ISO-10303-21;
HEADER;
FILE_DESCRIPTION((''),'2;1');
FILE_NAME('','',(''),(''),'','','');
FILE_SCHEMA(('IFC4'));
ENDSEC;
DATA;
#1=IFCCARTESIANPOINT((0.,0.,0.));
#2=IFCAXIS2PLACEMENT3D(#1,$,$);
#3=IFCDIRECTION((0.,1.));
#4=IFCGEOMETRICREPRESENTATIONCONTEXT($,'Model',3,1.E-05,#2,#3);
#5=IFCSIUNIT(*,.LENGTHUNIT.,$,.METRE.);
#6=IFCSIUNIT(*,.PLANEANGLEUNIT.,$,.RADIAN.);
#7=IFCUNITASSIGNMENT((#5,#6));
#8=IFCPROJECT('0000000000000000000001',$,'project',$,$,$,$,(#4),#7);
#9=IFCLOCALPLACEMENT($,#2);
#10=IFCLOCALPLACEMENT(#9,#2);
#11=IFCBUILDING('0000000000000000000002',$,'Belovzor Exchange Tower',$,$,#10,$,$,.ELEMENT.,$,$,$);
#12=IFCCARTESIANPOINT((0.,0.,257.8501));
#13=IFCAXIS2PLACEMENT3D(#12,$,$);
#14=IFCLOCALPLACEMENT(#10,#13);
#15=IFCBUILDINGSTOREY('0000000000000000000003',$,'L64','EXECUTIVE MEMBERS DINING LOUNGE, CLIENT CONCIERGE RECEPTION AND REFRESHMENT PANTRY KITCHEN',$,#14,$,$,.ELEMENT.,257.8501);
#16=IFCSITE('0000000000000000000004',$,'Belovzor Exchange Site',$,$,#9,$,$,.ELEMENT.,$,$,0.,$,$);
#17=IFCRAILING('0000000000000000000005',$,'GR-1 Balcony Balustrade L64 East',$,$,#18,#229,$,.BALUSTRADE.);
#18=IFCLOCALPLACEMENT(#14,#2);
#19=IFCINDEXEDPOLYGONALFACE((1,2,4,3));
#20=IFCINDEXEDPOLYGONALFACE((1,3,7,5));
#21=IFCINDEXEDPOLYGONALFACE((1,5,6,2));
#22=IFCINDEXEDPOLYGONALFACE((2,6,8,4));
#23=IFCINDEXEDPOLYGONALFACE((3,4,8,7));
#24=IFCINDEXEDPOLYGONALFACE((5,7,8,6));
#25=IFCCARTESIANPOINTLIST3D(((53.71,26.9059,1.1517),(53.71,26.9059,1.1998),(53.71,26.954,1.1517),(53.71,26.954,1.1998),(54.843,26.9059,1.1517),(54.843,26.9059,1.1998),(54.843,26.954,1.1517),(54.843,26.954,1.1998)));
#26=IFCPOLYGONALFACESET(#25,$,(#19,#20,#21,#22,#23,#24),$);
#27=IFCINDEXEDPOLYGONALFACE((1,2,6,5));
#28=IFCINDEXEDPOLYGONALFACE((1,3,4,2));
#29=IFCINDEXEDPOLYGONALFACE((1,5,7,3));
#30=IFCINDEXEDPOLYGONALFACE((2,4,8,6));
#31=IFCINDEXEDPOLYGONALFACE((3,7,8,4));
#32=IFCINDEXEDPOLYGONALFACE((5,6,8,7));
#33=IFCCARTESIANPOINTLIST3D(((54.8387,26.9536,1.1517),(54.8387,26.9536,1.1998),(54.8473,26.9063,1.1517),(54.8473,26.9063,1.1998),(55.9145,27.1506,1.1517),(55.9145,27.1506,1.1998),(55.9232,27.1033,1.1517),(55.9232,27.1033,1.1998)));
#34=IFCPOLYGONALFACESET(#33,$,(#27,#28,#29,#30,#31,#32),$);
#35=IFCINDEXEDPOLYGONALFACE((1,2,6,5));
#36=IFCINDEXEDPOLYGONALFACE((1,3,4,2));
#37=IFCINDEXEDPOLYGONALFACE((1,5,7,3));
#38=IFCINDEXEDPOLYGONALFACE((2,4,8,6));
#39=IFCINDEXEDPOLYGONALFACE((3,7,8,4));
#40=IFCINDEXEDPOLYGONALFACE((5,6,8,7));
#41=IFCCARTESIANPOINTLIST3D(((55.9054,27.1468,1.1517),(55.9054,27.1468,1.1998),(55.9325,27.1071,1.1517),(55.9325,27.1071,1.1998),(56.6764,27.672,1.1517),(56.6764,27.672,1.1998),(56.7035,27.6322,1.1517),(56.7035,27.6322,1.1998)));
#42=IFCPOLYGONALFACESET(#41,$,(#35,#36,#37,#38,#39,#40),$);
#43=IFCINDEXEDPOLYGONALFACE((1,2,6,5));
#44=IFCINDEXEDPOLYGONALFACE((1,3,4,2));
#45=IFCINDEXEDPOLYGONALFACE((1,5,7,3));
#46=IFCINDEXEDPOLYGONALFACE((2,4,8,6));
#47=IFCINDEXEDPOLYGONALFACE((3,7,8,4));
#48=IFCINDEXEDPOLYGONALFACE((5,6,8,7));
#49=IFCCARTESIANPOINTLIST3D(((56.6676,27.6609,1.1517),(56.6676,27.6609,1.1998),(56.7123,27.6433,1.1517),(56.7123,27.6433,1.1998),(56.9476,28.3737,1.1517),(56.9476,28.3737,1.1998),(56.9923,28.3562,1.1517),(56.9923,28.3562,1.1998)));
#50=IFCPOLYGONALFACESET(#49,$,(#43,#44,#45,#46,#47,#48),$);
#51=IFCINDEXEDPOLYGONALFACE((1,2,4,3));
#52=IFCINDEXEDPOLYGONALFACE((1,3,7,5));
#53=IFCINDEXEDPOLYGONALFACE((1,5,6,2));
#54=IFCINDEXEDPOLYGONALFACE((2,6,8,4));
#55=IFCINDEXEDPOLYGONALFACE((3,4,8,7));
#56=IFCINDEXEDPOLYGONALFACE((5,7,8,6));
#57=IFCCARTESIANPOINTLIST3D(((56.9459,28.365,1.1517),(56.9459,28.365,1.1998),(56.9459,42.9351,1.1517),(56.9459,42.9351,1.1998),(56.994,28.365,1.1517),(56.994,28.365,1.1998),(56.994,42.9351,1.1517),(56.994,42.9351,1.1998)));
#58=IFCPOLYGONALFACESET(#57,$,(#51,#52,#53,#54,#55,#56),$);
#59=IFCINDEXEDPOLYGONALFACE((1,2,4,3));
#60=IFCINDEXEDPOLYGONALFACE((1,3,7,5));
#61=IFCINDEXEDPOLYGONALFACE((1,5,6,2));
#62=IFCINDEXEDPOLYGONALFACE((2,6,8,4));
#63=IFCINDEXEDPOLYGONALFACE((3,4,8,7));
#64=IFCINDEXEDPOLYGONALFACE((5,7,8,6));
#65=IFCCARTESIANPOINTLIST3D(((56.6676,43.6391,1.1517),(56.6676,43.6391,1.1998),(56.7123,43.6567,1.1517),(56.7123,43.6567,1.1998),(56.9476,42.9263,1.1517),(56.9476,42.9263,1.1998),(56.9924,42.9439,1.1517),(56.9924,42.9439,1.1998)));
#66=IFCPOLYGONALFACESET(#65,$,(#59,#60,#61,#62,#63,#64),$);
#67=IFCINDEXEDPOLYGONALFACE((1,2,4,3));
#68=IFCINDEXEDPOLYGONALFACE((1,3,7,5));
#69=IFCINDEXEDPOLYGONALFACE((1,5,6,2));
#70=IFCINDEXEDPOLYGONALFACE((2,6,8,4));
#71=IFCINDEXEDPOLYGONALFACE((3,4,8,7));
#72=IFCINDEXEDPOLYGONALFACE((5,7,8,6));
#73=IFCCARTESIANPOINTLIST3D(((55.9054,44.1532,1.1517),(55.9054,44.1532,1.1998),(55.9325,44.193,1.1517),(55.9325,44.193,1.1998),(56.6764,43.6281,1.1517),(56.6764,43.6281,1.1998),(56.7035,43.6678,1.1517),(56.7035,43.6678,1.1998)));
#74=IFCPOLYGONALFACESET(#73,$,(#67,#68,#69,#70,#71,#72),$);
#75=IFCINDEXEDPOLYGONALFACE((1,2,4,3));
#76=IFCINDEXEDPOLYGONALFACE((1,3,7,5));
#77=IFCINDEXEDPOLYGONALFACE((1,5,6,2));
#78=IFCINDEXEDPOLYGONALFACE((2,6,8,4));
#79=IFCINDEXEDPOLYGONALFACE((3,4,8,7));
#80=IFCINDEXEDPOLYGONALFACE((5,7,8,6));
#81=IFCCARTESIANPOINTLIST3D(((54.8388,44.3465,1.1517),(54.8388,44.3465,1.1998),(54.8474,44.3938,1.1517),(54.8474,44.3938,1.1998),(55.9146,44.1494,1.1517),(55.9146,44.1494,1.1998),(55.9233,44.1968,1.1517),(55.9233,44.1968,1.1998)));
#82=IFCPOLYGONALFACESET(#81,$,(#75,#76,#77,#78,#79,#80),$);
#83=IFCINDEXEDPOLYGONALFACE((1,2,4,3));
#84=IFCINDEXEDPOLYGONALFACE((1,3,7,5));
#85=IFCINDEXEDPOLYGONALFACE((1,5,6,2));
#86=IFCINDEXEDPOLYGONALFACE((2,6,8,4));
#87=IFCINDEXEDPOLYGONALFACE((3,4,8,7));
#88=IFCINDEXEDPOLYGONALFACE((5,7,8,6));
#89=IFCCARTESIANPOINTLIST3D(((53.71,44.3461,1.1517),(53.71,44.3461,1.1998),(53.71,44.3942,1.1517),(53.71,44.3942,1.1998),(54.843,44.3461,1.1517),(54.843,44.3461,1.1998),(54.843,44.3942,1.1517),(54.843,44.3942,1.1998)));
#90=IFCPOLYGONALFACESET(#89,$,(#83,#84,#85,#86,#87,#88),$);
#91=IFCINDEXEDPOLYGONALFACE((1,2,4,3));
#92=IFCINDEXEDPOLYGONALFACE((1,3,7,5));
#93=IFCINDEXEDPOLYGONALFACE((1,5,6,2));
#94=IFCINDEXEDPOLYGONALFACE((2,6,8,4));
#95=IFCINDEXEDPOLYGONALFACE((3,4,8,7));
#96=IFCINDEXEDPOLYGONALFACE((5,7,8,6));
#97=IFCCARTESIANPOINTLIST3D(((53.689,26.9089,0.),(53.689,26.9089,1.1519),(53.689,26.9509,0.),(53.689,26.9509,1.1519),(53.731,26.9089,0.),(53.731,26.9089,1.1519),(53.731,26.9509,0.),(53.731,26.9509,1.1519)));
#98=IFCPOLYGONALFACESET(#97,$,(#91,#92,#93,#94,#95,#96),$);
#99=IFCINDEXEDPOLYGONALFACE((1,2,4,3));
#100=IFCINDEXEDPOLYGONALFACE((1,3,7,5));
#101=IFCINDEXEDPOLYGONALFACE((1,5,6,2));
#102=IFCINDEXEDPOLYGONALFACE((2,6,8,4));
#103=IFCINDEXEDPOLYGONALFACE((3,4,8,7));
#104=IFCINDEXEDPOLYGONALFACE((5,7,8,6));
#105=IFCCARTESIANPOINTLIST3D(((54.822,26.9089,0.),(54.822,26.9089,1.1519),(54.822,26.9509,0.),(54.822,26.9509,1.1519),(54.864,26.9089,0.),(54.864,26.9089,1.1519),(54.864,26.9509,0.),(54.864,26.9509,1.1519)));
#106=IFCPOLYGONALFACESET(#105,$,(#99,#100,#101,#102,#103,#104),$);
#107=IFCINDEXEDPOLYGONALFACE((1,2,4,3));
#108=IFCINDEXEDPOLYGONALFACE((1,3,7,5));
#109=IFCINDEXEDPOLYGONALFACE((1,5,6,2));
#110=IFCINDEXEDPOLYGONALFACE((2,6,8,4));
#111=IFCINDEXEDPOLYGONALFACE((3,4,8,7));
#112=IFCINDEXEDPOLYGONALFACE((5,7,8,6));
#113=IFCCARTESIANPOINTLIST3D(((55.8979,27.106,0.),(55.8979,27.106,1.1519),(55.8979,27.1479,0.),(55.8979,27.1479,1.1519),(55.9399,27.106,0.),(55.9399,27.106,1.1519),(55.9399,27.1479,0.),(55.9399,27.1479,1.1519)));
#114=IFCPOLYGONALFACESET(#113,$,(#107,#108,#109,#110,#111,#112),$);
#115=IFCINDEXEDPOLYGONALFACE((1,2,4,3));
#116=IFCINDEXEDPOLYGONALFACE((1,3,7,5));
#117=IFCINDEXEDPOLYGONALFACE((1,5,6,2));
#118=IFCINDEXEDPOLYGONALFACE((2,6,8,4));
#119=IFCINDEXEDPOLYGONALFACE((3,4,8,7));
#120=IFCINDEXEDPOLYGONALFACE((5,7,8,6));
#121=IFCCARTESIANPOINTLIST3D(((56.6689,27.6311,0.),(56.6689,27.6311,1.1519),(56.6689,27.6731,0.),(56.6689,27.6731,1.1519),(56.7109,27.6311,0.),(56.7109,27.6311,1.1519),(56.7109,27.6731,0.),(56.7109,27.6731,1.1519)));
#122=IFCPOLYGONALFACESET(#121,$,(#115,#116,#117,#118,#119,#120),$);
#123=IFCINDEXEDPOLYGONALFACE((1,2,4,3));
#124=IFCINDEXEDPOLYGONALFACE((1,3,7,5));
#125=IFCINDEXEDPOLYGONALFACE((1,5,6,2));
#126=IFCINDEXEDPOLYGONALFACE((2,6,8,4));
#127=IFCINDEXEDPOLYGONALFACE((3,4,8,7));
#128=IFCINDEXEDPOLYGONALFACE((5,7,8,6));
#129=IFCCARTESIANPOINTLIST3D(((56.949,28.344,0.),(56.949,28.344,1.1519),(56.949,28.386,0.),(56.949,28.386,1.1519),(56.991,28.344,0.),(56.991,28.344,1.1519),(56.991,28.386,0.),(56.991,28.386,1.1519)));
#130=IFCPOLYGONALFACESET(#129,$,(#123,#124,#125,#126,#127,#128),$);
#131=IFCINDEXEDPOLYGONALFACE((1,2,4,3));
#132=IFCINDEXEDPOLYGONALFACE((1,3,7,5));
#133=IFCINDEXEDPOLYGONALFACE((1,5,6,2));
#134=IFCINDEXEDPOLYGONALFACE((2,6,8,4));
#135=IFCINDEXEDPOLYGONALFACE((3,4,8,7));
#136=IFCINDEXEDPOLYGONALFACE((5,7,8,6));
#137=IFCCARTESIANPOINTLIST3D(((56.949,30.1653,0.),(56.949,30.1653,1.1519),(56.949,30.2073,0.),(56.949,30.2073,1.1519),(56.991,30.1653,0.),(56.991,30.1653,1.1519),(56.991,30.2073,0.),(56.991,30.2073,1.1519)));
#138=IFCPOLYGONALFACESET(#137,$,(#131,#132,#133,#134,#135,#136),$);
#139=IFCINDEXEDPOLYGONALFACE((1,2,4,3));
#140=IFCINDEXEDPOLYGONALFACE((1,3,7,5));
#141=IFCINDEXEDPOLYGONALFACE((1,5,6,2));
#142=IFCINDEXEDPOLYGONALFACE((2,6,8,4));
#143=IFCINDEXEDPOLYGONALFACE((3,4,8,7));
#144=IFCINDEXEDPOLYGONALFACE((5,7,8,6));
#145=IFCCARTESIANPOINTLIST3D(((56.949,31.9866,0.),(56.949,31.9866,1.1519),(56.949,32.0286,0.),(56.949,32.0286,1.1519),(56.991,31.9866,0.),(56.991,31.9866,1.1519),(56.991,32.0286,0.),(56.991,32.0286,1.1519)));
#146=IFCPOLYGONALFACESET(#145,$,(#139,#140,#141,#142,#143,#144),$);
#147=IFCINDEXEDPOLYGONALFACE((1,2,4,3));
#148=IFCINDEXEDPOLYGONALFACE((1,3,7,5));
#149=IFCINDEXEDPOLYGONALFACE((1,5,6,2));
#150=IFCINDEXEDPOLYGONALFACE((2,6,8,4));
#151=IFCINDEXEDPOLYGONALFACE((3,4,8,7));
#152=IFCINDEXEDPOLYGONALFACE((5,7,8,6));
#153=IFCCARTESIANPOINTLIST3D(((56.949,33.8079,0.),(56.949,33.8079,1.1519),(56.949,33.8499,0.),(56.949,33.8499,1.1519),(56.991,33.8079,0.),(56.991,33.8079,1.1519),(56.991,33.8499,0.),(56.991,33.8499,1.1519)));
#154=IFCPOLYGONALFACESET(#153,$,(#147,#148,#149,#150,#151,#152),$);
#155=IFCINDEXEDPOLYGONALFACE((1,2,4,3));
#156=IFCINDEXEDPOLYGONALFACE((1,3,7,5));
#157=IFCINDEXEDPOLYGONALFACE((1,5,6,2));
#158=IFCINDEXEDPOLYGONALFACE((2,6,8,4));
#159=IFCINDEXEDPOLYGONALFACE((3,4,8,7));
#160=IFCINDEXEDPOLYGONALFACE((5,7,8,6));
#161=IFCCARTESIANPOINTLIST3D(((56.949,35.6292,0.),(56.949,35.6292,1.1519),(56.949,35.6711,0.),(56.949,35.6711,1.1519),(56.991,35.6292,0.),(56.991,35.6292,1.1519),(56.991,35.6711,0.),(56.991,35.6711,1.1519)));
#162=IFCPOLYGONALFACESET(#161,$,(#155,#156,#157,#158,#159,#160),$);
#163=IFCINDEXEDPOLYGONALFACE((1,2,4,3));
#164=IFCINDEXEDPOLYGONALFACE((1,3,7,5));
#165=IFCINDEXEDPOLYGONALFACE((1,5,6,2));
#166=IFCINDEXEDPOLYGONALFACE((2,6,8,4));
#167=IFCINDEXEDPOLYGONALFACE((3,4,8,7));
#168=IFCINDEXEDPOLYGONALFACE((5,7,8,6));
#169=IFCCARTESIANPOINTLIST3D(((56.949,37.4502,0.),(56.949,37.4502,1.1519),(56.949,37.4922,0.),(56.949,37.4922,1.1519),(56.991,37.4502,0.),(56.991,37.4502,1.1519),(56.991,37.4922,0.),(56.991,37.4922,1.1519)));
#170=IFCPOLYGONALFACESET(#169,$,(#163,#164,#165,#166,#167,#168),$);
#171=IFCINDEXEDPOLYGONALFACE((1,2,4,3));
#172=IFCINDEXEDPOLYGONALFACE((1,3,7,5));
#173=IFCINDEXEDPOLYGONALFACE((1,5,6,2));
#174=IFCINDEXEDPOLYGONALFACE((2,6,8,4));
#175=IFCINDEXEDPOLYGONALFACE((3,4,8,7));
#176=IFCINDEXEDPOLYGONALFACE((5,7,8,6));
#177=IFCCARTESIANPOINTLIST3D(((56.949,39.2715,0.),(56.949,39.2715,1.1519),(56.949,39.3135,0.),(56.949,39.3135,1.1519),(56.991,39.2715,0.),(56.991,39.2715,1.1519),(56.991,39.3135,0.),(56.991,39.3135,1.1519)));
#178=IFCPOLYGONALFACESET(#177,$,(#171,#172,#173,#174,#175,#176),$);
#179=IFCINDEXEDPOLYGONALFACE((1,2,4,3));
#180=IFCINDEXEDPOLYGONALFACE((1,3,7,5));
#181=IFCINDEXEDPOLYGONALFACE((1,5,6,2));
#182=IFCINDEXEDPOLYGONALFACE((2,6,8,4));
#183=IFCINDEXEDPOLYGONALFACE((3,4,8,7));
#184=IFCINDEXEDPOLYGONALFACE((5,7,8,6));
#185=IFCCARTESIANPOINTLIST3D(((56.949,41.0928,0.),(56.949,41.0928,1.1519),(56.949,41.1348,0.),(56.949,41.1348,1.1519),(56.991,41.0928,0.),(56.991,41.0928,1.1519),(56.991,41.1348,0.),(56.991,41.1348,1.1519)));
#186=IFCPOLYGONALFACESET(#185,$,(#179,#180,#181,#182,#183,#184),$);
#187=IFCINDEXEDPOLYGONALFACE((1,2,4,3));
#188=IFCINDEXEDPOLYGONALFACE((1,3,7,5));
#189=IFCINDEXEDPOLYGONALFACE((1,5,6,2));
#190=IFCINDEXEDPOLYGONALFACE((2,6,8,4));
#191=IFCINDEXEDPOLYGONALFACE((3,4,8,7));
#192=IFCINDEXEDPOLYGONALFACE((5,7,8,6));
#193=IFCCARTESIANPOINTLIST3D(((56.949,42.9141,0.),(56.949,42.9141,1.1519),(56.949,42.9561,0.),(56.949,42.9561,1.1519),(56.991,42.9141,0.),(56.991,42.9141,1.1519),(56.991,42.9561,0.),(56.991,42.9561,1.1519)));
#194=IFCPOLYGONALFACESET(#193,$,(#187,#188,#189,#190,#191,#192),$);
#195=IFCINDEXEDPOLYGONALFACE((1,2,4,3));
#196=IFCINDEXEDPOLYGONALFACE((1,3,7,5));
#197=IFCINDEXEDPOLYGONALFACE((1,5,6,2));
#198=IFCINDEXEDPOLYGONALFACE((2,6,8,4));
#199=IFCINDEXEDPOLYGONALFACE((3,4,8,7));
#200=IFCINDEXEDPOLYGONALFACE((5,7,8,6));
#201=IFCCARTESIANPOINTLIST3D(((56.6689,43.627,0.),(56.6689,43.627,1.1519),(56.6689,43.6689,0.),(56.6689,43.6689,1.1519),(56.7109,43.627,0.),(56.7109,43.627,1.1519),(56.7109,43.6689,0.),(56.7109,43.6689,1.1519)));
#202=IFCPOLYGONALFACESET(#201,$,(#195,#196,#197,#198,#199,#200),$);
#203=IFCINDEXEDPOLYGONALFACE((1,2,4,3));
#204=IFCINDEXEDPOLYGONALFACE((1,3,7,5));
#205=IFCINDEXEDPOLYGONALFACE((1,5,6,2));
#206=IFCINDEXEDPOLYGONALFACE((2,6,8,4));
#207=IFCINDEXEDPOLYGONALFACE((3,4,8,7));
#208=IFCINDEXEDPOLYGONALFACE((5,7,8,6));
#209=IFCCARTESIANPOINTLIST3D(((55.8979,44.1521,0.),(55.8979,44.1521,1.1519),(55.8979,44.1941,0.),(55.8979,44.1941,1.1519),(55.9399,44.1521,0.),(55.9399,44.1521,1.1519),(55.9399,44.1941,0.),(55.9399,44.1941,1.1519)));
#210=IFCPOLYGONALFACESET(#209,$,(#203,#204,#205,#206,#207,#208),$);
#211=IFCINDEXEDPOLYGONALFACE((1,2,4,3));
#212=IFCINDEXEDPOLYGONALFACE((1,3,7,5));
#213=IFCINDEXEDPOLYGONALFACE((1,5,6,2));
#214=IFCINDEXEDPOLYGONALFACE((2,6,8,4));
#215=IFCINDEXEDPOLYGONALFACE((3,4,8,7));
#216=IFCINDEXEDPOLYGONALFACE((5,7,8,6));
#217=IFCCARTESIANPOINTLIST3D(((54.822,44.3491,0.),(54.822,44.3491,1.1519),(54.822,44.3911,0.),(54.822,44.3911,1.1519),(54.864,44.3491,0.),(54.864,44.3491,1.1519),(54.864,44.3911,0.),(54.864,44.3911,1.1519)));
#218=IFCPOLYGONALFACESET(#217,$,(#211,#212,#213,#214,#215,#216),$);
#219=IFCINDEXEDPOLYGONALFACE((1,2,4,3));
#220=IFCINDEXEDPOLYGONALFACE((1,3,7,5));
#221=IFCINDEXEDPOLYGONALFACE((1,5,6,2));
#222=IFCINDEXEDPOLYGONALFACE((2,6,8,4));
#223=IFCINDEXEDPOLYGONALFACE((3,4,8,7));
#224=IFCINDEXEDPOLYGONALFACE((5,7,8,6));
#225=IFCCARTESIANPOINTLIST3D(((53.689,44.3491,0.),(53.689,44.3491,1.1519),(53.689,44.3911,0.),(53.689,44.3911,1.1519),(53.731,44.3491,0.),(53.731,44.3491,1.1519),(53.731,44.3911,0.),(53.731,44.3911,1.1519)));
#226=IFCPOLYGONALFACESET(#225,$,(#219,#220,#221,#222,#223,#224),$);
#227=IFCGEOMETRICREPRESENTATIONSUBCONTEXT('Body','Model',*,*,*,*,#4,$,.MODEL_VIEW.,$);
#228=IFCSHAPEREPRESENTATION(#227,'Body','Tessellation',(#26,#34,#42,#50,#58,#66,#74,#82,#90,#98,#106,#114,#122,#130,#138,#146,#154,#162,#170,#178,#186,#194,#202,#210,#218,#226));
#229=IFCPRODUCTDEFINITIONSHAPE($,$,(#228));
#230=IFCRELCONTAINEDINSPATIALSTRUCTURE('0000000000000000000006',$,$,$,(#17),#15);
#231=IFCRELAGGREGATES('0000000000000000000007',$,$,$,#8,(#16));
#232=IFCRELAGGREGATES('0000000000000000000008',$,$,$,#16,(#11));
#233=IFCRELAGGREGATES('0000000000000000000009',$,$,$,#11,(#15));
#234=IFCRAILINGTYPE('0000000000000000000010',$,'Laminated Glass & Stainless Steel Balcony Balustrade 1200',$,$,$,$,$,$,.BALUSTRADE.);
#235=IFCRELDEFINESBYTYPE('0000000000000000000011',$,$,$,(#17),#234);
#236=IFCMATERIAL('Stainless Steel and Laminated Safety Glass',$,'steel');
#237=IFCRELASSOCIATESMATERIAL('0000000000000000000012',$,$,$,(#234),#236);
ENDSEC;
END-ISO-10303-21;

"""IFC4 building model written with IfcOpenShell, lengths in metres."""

from ifc_helpers import new_model, si_unit, direction, frame, origin, origin_2d, place, context, subcontext, project, spatial, rectangle, extrude, material, type_object, element, save


model = new_model("IFC4")

# Units and contexts
model_context = context("Model", 3, precision=1e-05, world=origin(), true_north=direction((0.0, 1.0)))
body_context = subcontext(model_context, "Body", "Model", "MODEL_VIEW")
ifc_project = project(units=[si_unit("LENGTHUNIT", "METRE"), si_unit("PLANEANGLEUNIT", "RADIAN")], contexts=[model_context])

# Site, building, storey
site_placement = place(None, origin())
site = spatial("IfcSite", under=ifc_project, at=site_placement, Name="Belovzor Exchange Site", CompositionType="ELEMENT", RefElevation=0.0)
building_placement = place(site_placement, origin())
building = spatial("IfcBuilding", under=site, at=building_placement, Name="Belovzor Exchange Tower", CompositionType="ELEMENT")
storey_placement = place(building_placement, frame((0.0, 0.0, 257.8501)))
storey = spatial("IfcBuildingStorey", under=building, at=storey_placement, Name="L64", Description="EXECUTIVE MEMBERS DINING LOUNGE, CLIENT CONCIERGE RECEPTION AND REFRESHMENT PANTRY KITCHEN", CompositionType="ELEMENT", Elevation=257.8501)

# Railing
ifc_material_1 = material(Name="Stainless Steel and Laminated Safety Glass", Category="steel")
railing_type = type_object("IfcRailingType", Name="Laminated Glass & Stainless Steel Balcony Balustrade 1200", PredefinedType="BALUSTRADE", material=ifc_material_1)
railing_placement = place(storey_placement, frame((53.71, 26.9299, 0.0)))
element("IfcRailing", 1, at=railing_placement, inside=storey, type_object=railing_type, Name="GR-1 Balcony Balustrade L64 East", PredefinedType="BALUSTRADE", context=body_context, shape_type="SweptSolid", body=[
    extrude(rectangle(XDim=0.0481, YDim=0.0481, at=origin_2d()), frame((0.0, 0.0, 1.1758), z_axis=(1.0, 0.0, 0.0), x_axis=(0.0, 1.0, 0.0)), (0.0, 0.0, 1.0), 1.1331),
    extrude(rectangle(XDim=0.0481, YDim=0.0481, at=origin_2d()), frame((1.1331, 0.0, 1.1758), z_axis=(0.983644, 0.180123, 0.0), x_axis=(-0.180123, 0.983644, 0.0)), (0.0, 0.0, 1.0), 1.0938),
    extrude(rectangle(XDim=0.0481, YDim=0.0481, at=origin_2d()), frame((2.209, 0.197, 1.1758), z_axis=(0.826493, 0.562947, 0.0), x_axis=(-0.562947, 0.826493, 0.0)), (0.0, 0.0, 1.0), 0.9329),
    extrude(rectangle(XDim=0.0481, YDim=0.0481, at=origin_2d()), frame((2.98, 0.7222, 1.1758), z_axis=(0.365613, 0.930767, 0.0), x_axis=(-0.930767, 0.365613, 0.0)), (0.0, 0.0, 1.0), 0.7659),
    extrude(rectangle(XDim=0.0481, YDim=0.0481, at=origin_2d()), frame((3.26, 1.4351, 1.1758), z_axis=(0.0, 1.0, 0.0), x_axis=(-1.0, 0.0, 0.0)), (0.0, 0.0, 1.0), 14.5701),
    extrude(rectangle(XDim=0.0481, YDim=0.0481, at=origin_2d()), frame((3.26, 16.0051, 1.1758), z_axis=(-0.365613, 0.930767, 0.0), x_axis=(-0.930767, -0.365613, 0.0)), (0.0, 0.0, 1.0), 0.7659),
    extrude(rectangle(XDim=0.0481, YDim=0.0481, at=origin_2d()), frame((2.98, 16.718, 1.1758), z_axis=(-0.826493, 0.562947, 0.0), x_axis=(-0.562947, -0.826493, 0.0)), (0.0, 0.0, 1.0), 0.9329),
    extrude(rectangle(XDim=0.0481, YDim=0.0481, at=origin_2d()), frame((2.209, 17.2432, 1.1758), z_axis=(-0.983644, 0.180123, 0.0), x_axis=(-0.180123, -0.983644, 0.0)), (0.0, 0.0, 1.0), 1.0938),
    extrude(rectangle(XDim=0.0481, YDim=0.0481, at=origin_2d()), frame((1.1331, 17.4402, 1.1758), z_axis=(-1.0, 0.0, 0.0), x_axis=(0.0, -1.0, 0.0)), (0.0, 0.0, 1.0), 1.1331),
    extrude(rectangle(XDim=0.042, YDim=0.042, at=origin_2d()), origin(), (0.0, 0.0, 1.0), 1.1519),
    extrude(rectangle(XDim=0.042, YDim=0.042, at=origin_2d()), frame((1.1331, 0.0, 0.0)), (0.0, 0.0, 1.0), 1.1519),
    extrude(rectangle(XDim=0.042, YDim=0.042, at=origin_2d()), frame((2.209, 0.197, 0.0)), (0.0, 0.0, 1.0), 1.1519),
    extrude(rectangle(XDim=0.042, YDim=0.042, at=origin_2d()), frame((2.98, 0.7222, 0.0)), (0.0, 0.0, 1.0), 1.1519),
    extrude(rectangle(XDim=0.042, YDim=0.042, at=origin_2d()), frame((3.26, 1.4351, 0.0)), (0.0, 0.0, 1.0), 1.1519),
    extrude(rectangle(XDim=0.042, YDim=0.042, at=origin_2d()), frame((3.26, 3.2563, 0.0)), (0.0, 0.0, 1.0), 1.1519),
    extrude(rectangle(XDim=0.042, YDim=0.042, at=origin_2d()), frame((3.26, 5.0776, 0.0)), (0.0, 0.0, 1.0), 1.1519),
    extrude(rectangle(XDim=0.042, YDim=0.042, at=origin_2d()), frame((3.26, 6.8989, 0.0)), (0.0, 0.0, 1.0), 1.1519),
    extrude(rectangle(XDim=0.042, YDim=0.042, at=origin_2d()), frame((3.26, 8.7202, 0.0)), (0.0, 0.0, 1.0), 1.1519),
    extrude(rectangle(XDim=0.042, YDim=0.042, at=origin_2d()), frame((3.26, 10.5413, 0.0)), (0.0, 0.0, 1.0), 1.1519),
    extrude(rectangle(XDim=0.042, YDim=0.042, at=origin_2d()), frame((3.26, 12.3625, 0.0)), (0.0, 0.0, 1.0), 1.1519),
    extrude(rectangle(XDim=0.042, YDim=0.042, at=origin_2d()), frame((3.26, 14.1838, 0.0)), (0.0, 0.0, 1.0), 1.1519),
    extrude(rectangle(XDim=0.042, YDim=0.042, at=origin_2d()), frame((3.26, 16.0051, 0.0)), (0.0, 0.0, 1.0), 1.1519),
    extrude(rectangle(XDim=0.042, YDim=0.042, at=origin_2d()), frame((2.98, 16.718, 0.0)), (0.0, 0.0, 1.0), 1.1519),
    extrude(rectangle(XDim=0.042, YDim=0.042, at=origin_2d()), frame((2.209, 17.2432, 0.0)), (0.0, 0.0, 1.0), 1.1519),
    extrude(rectangle(XDim=0.042, YDim=0.042, at=origin_2d()), frame((1.1331, 17.4402, 0.0)), (0.0, 0.0, 1.0), 1.1519),
    extrude(rectangle(XDim=0.042, YDim=0.042, at=origin_2d()), frame((0.0, 17.4402, 0.0)), (0.0, 0.0, 1.0), 1.1519),
])

save(model, "model.ifc")
